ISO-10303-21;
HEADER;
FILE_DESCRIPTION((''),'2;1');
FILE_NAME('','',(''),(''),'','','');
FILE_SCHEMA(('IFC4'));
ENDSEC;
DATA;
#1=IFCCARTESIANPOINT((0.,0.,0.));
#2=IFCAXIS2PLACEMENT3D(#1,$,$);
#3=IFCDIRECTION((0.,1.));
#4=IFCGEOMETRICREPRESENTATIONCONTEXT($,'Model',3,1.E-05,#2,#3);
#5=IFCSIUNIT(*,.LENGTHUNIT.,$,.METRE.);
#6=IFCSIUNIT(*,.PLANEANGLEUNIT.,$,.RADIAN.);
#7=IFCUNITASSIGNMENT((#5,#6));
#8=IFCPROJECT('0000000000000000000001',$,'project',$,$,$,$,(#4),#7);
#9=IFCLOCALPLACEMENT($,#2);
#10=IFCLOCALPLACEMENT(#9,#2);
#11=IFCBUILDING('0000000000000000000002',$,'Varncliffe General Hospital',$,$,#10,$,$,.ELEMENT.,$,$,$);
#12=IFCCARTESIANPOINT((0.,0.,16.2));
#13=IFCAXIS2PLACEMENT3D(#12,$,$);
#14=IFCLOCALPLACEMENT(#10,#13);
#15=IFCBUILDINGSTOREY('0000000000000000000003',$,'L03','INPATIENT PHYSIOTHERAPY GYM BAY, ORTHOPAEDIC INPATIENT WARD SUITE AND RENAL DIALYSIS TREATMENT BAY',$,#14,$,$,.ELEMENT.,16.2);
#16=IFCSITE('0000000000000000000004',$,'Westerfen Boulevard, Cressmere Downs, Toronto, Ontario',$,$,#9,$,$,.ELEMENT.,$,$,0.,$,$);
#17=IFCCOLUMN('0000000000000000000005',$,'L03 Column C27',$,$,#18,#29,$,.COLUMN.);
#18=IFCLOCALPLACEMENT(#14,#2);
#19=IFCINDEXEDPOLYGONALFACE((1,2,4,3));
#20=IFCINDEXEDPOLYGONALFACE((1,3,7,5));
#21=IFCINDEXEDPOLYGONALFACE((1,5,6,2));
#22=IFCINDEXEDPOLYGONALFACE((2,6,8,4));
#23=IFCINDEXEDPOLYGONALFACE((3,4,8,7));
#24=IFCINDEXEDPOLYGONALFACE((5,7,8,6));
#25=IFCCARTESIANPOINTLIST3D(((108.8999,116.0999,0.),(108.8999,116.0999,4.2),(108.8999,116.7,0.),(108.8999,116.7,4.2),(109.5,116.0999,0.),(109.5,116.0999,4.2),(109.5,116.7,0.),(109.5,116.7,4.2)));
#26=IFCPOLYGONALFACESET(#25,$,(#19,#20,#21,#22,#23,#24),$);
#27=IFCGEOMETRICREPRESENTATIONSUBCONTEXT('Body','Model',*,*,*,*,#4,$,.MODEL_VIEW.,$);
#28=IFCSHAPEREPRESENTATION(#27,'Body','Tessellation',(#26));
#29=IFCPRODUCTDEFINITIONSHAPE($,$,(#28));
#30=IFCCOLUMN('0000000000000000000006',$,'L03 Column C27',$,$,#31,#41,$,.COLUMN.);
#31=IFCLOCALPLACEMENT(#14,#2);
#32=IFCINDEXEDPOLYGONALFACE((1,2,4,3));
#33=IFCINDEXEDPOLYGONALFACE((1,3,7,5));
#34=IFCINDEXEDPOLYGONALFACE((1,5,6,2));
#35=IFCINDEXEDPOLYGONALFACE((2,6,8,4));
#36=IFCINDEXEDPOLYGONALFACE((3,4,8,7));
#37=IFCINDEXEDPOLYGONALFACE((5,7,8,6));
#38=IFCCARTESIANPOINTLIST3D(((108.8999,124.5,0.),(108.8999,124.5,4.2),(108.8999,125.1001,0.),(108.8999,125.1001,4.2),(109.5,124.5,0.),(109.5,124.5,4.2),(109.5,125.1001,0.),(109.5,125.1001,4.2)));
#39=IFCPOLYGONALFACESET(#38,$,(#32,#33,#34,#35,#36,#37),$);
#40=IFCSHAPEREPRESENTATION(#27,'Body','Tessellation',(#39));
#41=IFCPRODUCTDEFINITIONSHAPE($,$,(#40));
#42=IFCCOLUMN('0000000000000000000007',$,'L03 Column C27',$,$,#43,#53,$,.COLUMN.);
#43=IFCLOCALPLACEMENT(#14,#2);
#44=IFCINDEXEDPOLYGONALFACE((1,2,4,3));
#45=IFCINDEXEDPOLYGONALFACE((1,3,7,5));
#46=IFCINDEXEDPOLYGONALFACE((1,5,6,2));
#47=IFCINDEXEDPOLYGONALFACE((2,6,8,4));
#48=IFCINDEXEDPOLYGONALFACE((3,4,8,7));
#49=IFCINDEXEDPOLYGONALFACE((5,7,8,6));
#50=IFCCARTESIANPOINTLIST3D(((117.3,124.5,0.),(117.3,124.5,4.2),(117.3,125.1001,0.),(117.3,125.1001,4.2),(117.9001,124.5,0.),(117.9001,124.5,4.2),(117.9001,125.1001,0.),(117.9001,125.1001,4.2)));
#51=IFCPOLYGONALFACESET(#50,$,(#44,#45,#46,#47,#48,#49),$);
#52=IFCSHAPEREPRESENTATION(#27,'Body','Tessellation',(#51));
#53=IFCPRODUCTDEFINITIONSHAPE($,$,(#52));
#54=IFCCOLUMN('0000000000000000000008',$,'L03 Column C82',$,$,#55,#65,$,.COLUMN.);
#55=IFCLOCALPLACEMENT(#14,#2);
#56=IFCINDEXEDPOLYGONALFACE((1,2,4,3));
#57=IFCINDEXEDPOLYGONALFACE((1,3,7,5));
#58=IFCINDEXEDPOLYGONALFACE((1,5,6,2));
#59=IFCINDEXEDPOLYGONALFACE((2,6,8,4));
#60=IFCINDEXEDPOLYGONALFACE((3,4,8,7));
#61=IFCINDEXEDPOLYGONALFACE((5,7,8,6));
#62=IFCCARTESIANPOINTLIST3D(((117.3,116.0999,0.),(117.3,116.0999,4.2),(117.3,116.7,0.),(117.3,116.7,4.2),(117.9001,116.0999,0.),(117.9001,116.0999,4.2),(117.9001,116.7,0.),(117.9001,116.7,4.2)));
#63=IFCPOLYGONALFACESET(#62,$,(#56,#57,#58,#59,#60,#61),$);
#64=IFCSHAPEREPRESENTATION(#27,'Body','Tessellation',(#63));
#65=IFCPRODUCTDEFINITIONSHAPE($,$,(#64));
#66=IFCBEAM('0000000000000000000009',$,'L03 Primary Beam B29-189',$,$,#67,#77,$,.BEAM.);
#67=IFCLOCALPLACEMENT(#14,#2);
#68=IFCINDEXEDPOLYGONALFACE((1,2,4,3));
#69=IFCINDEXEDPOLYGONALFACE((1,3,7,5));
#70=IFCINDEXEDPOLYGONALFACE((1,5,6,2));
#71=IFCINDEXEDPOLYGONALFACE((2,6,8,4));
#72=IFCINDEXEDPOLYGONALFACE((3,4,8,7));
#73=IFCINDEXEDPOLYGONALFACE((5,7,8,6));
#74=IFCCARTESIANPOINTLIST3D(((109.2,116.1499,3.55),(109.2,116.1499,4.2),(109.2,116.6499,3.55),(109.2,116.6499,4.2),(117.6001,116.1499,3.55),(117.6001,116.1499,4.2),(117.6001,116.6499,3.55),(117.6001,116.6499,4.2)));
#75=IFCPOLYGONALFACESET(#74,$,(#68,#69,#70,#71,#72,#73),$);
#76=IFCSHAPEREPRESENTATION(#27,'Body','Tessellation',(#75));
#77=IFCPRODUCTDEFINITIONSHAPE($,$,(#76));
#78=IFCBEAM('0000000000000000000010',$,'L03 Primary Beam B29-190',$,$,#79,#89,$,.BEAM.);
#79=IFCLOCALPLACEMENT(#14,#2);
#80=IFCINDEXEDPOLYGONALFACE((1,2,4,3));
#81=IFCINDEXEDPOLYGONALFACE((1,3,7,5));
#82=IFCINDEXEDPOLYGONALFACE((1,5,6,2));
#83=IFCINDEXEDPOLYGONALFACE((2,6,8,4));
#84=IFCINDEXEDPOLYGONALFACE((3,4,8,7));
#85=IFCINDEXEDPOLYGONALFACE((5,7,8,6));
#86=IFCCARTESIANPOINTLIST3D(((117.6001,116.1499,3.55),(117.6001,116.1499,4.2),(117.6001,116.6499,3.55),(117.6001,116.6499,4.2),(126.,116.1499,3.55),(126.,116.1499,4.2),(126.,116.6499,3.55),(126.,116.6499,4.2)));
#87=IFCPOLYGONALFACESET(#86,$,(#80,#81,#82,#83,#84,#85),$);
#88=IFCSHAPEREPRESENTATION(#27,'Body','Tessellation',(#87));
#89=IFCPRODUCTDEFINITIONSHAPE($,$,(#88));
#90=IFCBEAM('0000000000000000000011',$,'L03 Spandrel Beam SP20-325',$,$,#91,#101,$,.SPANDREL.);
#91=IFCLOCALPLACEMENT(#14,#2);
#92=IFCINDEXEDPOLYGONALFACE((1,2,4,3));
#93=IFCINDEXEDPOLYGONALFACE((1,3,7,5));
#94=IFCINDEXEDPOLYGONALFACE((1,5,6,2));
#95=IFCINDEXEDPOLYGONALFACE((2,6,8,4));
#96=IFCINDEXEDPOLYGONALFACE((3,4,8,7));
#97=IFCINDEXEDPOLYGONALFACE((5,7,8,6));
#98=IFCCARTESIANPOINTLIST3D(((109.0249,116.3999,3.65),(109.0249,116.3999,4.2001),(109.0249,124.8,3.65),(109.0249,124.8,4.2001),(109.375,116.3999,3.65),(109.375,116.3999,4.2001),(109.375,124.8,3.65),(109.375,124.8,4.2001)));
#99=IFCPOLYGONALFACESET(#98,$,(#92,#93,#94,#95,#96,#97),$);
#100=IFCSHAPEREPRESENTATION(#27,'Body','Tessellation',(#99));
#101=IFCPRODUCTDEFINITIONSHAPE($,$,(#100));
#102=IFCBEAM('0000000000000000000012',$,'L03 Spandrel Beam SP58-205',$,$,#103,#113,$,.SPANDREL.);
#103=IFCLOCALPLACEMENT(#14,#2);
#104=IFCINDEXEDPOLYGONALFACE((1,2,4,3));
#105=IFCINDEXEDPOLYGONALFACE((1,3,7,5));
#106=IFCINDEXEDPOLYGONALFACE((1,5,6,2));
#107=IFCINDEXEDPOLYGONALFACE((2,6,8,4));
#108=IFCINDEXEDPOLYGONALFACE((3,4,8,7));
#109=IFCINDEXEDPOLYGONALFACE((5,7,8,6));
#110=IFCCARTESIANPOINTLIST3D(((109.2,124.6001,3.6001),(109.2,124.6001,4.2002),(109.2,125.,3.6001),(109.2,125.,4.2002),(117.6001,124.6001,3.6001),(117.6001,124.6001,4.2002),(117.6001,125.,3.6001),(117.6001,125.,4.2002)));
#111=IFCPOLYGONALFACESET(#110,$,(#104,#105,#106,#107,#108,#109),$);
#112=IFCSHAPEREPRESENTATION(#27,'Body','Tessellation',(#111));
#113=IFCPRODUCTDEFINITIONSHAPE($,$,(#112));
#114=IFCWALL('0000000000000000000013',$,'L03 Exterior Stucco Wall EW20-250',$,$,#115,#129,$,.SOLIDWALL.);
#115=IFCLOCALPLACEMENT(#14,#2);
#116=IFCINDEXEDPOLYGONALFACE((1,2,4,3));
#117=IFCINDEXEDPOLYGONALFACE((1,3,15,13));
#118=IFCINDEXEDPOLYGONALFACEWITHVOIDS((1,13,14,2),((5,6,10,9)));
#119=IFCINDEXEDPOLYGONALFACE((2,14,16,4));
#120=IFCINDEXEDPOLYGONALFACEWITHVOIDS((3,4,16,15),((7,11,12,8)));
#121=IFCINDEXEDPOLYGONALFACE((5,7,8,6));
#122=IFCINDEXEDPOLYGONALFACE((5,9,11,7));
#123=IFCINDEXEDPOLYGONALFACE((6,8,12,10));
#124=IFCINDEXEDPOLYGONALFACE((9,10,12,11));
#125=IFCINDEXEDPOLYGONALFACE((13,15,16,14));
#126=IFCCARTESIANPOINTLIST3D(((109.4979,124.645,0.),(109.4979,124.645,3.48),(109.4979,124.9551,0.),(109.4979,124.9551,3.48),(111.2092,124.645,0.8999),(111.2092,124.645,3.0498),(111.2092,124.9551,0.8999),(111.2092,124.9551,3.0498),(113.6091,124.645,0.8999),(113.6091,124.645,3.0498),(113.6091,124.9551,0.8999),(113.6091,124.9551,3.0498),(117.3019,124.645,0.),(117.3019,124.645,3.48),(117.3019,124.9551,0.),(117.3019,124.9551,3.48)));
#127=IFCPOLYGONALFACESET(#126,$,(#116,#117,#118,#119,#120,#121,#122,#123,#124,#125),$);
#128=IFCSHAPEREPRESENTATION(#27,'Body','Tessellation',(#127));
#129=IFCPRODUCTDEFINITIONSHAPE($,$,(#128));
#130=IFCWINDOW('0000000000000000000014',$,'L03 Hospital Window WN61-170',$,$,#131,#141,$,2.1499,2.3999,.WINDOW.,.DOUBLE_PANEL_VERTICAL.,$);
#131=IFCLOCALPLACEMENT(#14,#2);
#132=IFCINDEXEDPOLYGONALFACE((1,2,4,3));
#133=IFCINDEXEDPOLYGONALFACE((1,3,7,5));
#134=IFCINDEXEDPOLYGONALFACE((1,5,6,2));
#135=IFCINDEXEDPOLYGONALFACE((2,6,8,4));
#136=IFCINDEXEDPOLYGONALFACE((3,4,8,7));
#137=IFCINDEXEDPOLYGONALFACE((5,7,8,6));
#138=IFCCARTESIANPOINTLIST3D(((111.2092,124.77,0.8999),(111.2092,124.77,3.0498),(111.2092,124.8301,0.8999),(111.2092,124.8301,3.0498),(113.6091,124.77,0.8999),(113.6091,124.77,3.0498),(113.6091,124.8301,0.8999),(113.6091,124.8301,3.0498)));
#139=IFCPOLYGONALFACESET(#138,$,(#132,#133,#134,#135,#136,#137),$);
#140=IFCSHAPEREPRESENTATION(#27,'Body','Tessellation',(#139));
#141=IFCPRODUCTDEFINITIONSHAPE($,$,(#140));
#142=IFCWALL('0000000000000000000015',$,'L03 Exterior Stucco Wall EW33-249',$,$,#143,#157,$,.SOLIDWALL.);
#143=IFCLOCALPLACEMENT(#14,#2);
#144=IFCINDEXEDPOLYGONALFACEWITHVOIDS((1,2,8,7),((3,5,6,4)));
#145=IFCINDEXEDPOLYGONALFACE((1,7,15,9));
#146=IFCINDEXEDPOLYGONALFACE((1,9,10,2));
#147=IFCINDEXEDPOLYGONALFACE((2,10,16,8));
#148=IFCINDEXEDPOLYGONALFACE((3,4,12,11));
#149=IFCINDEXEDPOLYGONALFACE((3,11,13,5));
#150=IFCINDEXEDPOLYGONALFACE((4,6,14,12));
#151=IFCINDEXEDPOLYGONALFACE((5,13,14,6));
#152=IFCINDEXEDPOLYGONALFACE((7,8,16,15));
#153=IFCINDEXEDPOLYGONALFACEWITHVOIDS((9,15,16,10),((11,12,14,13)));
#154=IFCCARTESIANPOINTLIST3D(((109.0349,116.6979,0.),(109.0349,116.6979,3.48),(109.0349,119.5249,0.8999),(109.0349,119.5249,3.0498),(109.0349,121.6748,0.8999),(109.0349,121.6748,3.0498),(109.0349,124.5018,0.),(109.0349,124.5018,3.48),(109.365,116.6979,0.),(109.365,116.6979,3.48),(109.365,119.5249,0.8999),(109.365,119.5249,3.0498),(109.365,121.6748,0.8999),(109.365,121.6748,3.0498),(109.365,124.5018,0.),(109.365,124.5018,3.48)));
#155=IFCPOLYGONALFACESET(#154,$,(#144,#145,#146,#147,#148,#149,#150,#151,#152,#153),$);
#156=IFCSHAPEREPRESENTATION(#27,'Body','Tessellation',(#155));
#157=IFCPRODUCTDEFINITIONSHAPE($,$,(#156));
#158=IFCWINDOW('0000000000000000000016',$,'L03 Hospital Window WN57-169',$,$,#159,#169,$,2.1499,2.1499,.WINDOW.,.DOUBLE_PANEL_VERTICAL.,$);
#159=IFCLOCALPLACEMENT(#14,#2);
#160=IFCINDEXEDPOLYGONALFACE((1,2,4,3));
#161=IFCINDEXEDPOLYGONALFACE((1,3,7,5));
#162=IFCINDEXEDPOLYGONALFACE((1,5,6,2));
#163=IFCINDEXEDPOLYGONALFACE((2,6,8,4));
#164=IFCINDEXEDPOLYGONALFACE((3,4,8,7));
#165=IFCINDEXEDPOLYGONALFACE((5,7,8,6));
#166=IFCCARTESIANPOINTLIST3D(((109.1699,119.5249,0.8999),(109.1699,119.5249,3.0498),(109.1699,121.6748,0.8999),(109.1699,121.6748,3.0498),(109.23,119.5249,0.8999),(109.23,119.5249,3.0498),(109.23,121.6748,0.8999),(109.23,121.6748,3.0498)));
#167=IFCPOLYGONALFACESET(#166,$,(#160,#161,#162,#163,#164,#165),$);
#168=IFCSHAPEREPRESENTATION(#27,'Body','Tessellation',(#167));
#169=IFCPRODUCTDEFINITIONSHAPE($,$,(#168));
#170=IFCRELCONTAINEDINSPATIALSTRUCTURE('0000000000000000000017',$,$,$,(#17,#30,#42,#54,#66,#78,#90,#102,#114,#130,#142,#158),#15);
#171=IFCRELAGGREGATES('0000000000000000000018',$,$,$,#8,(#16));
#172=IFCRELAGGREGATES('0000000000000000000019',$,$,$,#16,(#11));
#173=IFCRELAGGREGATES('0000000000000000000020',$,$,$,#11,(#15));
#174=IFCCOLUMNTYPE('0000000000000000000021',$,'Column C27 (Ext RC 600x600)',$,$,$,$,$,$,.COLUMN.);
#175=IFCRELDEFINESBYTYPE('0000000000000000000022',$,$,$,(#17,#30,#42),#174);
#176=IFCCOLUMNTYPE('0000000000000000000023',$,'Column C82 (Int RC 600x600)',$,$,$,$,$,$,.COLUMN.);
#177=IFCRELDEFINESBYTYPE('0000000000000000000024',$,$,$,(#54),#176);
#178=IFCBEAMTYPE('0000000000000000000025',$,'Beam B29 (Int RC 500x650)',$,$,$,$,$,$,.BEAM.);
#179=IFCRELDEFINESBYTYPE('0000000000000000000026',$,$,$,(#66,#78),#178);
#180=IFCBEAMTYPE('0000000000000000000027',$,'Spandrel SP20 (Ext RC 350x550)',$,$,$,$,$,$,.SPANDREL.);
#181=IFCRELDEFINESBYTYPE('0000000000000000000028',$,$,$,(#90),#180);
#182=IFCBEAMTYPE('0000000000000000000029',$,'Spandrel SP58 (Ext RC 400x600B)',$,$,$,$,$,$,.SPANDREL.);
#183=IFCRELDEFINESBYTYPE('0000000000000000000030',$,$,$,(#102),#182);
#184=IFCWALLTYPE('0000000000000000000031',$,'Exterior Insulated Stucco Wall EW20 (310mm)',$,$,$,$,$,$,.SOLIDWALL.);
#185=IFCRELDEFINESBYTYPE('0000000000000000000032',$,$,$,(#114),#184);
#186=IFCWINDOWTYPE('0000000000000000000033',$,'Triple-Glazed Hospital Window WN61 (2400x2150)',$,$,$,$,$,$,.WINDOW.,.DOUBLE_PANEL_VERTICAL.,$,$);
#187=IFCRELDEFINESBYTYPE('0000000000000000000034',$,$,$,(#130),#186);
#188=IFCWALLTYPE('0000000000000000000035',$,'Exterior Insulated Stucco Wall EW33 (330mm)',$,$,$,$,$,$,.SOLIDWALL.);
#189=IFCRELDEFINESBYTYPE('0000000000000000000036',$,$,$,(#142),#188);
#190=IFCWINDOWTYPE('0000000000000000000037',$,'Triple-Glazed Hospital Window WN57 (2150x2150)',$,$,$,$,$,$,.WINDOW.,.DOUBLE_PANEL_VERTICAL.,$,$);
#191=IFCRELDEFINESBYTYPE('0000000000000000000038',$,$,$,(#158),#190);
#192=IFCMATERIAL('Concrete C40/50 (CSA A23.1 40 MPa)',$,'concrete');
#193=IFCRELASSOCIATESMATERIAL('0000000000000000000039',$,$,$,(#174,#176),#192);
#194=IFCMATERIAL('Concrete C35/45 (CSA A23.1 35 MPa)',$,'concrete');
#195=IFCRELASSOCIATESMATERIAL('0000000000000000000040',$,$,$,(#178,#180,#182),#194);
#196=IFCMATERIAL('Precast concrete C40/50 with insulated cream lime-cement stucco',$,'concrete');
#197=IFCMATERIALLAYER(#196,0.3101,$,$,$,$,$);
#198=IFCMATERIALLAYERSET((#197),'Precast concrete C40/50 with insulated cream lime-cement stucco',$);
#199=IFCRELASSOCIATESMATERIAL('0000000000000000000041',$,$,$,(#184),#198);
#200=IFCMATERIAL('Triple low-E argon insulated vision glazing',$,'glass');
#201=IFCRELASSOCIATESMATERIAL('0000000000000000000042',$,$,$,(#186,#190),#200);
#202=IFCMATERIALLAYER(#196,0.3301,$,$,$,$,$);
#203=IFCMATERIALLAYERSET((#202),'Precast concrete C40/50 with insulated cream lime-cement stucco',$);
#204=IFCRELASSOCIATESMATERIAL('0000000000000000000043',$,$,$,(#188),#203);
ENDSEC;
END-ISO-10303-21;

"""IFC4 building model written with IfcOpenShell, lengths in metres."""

from ifc_helpers import new_model, si_unit, direction, frame, frame_2d, origin, origin_2d, place, context, subcontext, project, spatial, rectangle, extrude, material, layer, layer_set, material_profile, profile_set, type_object, element, fill, save


model = new_model("IFC4")

# Units and contexts
model_context = context("Model", 3, precision=1e-05, world=origin(), true_north=direction((0.0, 1.0)))
body_context = subcontext(model_context, "Body", "Model", "MODEL_VIEW")
ifc_project = project(units=[si_unit("LENGTHUNIT", "METRE"), si_unit("PLANEANGLEUNIT", "RADIAN")], contexts=[model_context])

# Site, building, storey
site_placement = place(None, origin())
site = spatial("IfcSite", under=ifc_project, at=site_placement, Name="Westerfen Boulevard, Cressmere Downs, Toronto, Ontario", CompositionType="ELEMENT", RefElevation=0.0)
building_placement = place(site_placement, origin())
building = spatial("IfcBuilding", under=site, at=building_placement, Name="Varncliffe General Hospital", CompositionType="ELEMENT")
storey_placement = place(building_placement, frame((0.0, 0.0, 16.2)))
storey = spatial("IfcBuildingStorey", under=building, at=storey_placement, Name="L03", Description="INPATIENT PHYSIOTHERAPY GYM BAY, ORTHOPAEDIC INPATIENT WARD SUITE AND RENAL DIALYSIS TREATMENT BAY", CompositionType="ELEMENT", Elevation=16.2)

# Columns
ifc_material_1 = material(Name="Concrete C40/50 (CSA A23.1 40 MPa)", Category="concrete")
ifc_material_profile_1 = material_profile(ifc_material_1, rectangle(XDim=0.6001, YDim=0.6001, at=origin_2d()), Name="RC 600x600")
ifc_profile_set_1 = profile_set([ifc_material_profile_1], Name="Concrete C40/50 (CSA A23.1 40 MPa)")
column_type_1 = type_object("IfcColumnType", Name="Column C27 (Ext RC 600x600)", PredefinedType="COLUMN", material=ifc_profile_set_1)
for number, where, z_axis, x_axis, name in (
    (1, (109.2, 116.3999, 0.0), (0.0, 0.0, 1.0), (1.0, 0.0, 0.0), "L03 Column C27"),
    (2, (109.2, 124.8, 0.0), (0.0, 0.0, 1.0), (1.0, 0.0, 0.0), "L03 Column C27"),
    (3, (117.6001, 124.8, 0.0), (0.0, 0.0, 1.0), (1.0, 0.0, 0.0), "L03 Column C27"),
):
    element("IfcColumn", number, at=place(storey_placement, frame(where, z_axis=z_axis, x_axis=x_axis)), inside=storey, type_object=column_type_1, Name=name, PredefinedType="COLUMN", context=body_context, shape_type="SweptSolid", body=[
        extrude(rectangle(XDim=0.6001, YDim=0.6001, at=origin_2d()), origin(), (0.0, 0.0, 1.0), 4.2),
    ])
ifc_material_profile_2 = material_profile(ifc_material_1, rectangle(XDim=0.6001, YDim=0.6001, at=origin_2d()), Name="RC 600x600")
ifc_profile_set_2 = profile_set([ifc_material_profile_2], Name="Concrete C40/50 (CSA A23.1 40 MPa)")
column_type_2 = type_object("IfcColumnType", Name="Column C82 (Int RC 600x600)", PredefinedType="COLUMN", material=ifc_profile_set_2)
column_placement = place(storey_placement, frame((117.6001, 116.3999, 0.0), z_axis=(0.0, 0.0, 1.0), x_axis=(1.0, 0.0, 0.0)))
element("IfcColumn", 4, at=column_placement, inside=storey, type_object=column_type_2, Name="L03 Column C82", PredefinedType="COLUMN", context=body_context, shape_type="SweptSolid", body=[
    extrude(rectangle(XDim=0.6001, YDim=0.6001, at=origin_2d()), origin(), (0.0, 0.0, 1.0), 4.2),
])

# Beams
ifc_material_2 = material(Name="Concrete C35/45 (CSA A23.1 35 MPa)", Category="concrete")
ifc_material_profile_3 = material_profile(ifc_material_2, rectangle(XDim=0.5, YDim=0.6499, at=origin_2d()), Name="RC 500x650")
ifc_profile_set_3 = profile_set([ifc_material_profile_3], Name="Concrete C35/45 (CSA A23.1 35 MPa)")
beam_type_1 = type_object("IfcBeamType", Name="Beam B29 (Int RC 500x650)", PredefinedType="BEAM", material=ifc_profile_set_3)
beam_1_placement = place(storey_placement, frame((109.2, 116.3999, 3.875), z_axis=(1.0, 0.0, 0.0), x_axis=(0.0, 1.0, 0.0)))
element("IfcBeam", 5, at=beam_1_placement, inside=storey, type_object=beam_type_1, Name="L03 Primary Beam B29-189", PredefinedType="BEAM", context=body_context, shape_type="SweptSolid", body=[
    extrude(rectangle(XDim=0.5, YDim=0.6499, at=origin_2d()), origin(), (0.0, 0.0, 1.0), 8.4001),
])
beam_2_placement = place(storey_placement, frame((117.6001, 116.3999, 3.875), z_axis=(1.0, 0.0, 0.0), x_axis=(0.0, 1.0, 0.0)))
element("IfcBeam", 6, at=beam_2_placement, inside=storey, type_object=beam_type_1, Name="L03 Primary Beam B29-190", PredefinedType="BEAM", context=body_context, shape_type="SweptSolid", body=[
    extrude(rectangle(XDim=0.5, YDim=0.6499, at=origin_2d()), origin(), (0.0, 0.0, 1.0), 8.3999),
])
ifc_material_profile_4 = material_profile(ifc_material_2, rectangle(XDim=0.3501, YDim=0.55, at=origin_2d()), Name="RC 350x550")
ifc_profile_set_4 = profile_set([ifc_material_profile_4], Name="Concrete C35/45 (CSA A23.1 35 MPa)")
beam_type_2 = type_object("IfcBeamType", Name="Spandrel SP20 (Ext RC 350x550)", PredefinedType="SPANDREL", material=ifc_profile_set_4)
beam_3_placement = place(storey_placement, frame((109.2, 116.3999, 3.925), z_axis=(0.0, 1.0, 0.0), x_axis=(-1.0, 0.0, 0.0)))
element("IfcBeam", 7, at=beam_3_placement, inside=storey, type_object=beam_type_2, Name="L03 Spandrel Beam SP20-325", PredefinedType="SPANDREL", context=body_context, shape_type="SweptSolid", body=[
    extrude(rectangle(XDim=0.3501, YDim=0.55, at=origin_2d()), origin(), (0.0, 0.0, 1.0), 8.4001),
])
ifc_material_profile_5 = material_profile(ifc_material_2, rectangle(XDim=0.3999, YDim=0.6001, at=origin_2d()), Name="RC 400x600")
ifc_profile_set_5 = profile_set([ifc_material_profile_5], Name="Concrete C35/45 (CSA A23.1 35 MPa)")
beam_type_3 = type_object("IfcBeamType", Name="Spandrel SP58 (Ext RC 400x600B)", PredefinedType="SPANDREL", material=ifc_profile_set_5)
beam_4_placement = place(storey_placement, frame((109.2, 124.8, 3.9001), z_axis=(1.0, 0.0, 0.0), x_axis=(0.0, 1.0, 0.0)))
element("IfcBeam", 8, at=beam_4_placement, inside=storey, type_object=beam_type_3, Name="L03 Spandrel Beam SP58-205", PredefinedType="SPANDREL", context=body_context, shape_type="SweptSolid", body=[
    extrude(rectangle(XDim=0.3999, YDim=0.6001, at=origin_2d()), origin(), (0.0, 0.0, 1.0), 8.4001),
])

# Walls, openings, windows
ifc_material_3 = material(Name="Precast concrete C40/50 with insulated cream lime-cement stucco", Category="concrete")
ifc_layer_1 = layer(ifc_material_3, 0.3101)
ifc_layer_set_1 = layer_set([ifc_layer_1], Name="Precast concrete C40/50 with insulated cream lime-cement stucco")
wall_type_1 = type_object("IfcWallType", Name="Exterior Insulated Stucco Wall EW20 (310mm)", PredefinedType="SOLIDWALL", material=ifc_layer_set_1)
wall_1_placement = place(storey_placement, frame((109.498, 124.8, 0.0), z_axis=(0.0, 0.0, 1.0), x_axis=(1.0, 0.0, 0.0)))
wall_1 = element("IfcWall", 9, at=wall_1_placement, inside=storey, type_object=wall_type_1, Name="L03 Exterior Stucco Wall EW20-250", PredefinedType="SOLIDWALL", context=body_context, shape_type="SweptSolid", body=[
    extrude(rectangle(XDim=7.804, YDim=0.3101, at=frame_2d((3.9019, 0.0))), origin(), (0.0, 0.0, 1.0), 3.48),
])
opening_1_placement = place(wall_1_placement, frame((1.7112, 0.0, 0.8999)))
opening_1 = element("IfcOpeningElement", 10, at=opening_1_placement, cuts=wall_1, PredefinedType="OPENING", context=body_context, shape_type="SweptSolid", body=[
    extrude(rectangle(XDim=2.3999, YDim=2.1499, at=frame_2d((1.2, 1.075))), frame((0.0, 0.165, 0.0), z_axis=(0.0, -1.0, 0.0), x_axis=(1.0, 0.0, 0.0)), (0.0, 0.0, 1.0), 0.3301),
])
ifc_material_4 = material(Name="Triple low-E argon insulated vision glazing", Category="glass")
window_type_1 = type_object("IfcWindowType", Name="Triple-Glazed Hospital Window WN61 (2400x2150)", PartitioningType="DOUBLE_PANEL_VERTICAL", PredefinedType="WINDOW", material=ifc_material_4)
window_1_placement = place(opening_1_placement, origin())
window_1 = element("IfcWindow", 11, at=window_1_placement, inside=storey, type_object=window_type_1, Name="L03 Hospital Window WN61-170", OverallHeight=2.1499, OverallWidth=2.3999, PartitioningType="DOUBLE_PANEL_VERTICAL", PredefinedType="WINDOW", context=body_context, shape_type="SweptSolid", body=[
    extrude(rectangle(XDim=2.3999, YDim=2.1499, at=frame_2d((1.2, 1.075))), frame((0.0, 0.03, 0.0), z_axis=(0.0, -1.0, 0.0), x_axis=(1.0, 0.0, 0.0)), (0.0, 0.0, 1.0), 0.0601),
])
fill(opening_1, window_1)
ifc_layer_2 = layer(ifc_material_3, 0.3301)
ifc_layer_set_2 = layer_set([ifc_layer_2], Name="Precast concrete C40/50 with insulated cream lime-cement stucco")
wall_type_2 = type_object("IfcWallType", Name="Exterior Insulated Stucco Wall EW33 (330mm)", PredefinedType="SOLIDWALL", material=ifc_layer_set_2)
wall_2_placement = place(storey_placement, frame((109.2, 116.698, 0.0), z_axis=(0.0, 0.0, 1.0), x_axis=(0.0, 1.0, 0.0)))
wall_2 = element("IfcWall", 12, at=wall_2_placement, inside=storey, type_object=wall_type_2, Name="L03 Exterior Stucco Wall EW33-249", PredefinedType="SOLIDWALL", context=body_context, shape_type="SweptSolid", body=[
    extrude(rectangle(XDim=7.804, YDim=0.3301, at=frame_2d((3.9019, 0.0))), origin(), (0.0, 0.0, 1.0), 3.48),
])
opening_2_placement = place(wall_2_placement, frame((2.8269, 0.0, 0.8999)))
opening_2 = element("IfcOpeningElement", 13, at=opening_2_placement, cuts=wall_2, PredefinedType="OPENING", context=body_context, shape_type="SweptSolid", body=[
    extrude(rectangle(XDim=2.1499, YDim=2.1499, at=frame_2d((1.075, 1.075))), frame((0.0, 0.175, 0.0), z_axis=(0.0, -1.0, 0.0), x_axis=(1.0, 0.0, 0.0)), (0.0, 0.0, 1.0), 0.3501),
])
window_type_2 = type_object("IfcWindowType", Name="Triple-Glazed Hospital Window WN57 (2150x2150)", PartitioningType="DOUBLE_PANEL_VERTICAL", PredefinedType="WINDOW", material=ifc_material_4)
window_2_placement = place(opening_2_placement, origin())
window_2 = element("IfcWindow", 14, at=window_2_placement, inside=storey, type_object=window_type_2, Name="L03 Hospital Window WN57-169", OverallHeight=2.1499, OverallWidth=2.1499, PartitioningType="DOUBLE_PANEL_VERTICAL", PredefinedType="WINDOW", context=body_context, shape_type="SweptSolid", body=[
    extrude(rectangle(XDim=2.1499, YDim=2.1499, at=frame_2d((1.075, 1.075))), frame((0.0, 0.03, 0.0), z_axis=(0.0, -1.0, 0.0), x_axis=(1.0, 0.0, 0.0)), (0.0, 0.0, 1.0), 0.0601),
])
fill(opening_2, window_2)

save(model, "model.ifc")
